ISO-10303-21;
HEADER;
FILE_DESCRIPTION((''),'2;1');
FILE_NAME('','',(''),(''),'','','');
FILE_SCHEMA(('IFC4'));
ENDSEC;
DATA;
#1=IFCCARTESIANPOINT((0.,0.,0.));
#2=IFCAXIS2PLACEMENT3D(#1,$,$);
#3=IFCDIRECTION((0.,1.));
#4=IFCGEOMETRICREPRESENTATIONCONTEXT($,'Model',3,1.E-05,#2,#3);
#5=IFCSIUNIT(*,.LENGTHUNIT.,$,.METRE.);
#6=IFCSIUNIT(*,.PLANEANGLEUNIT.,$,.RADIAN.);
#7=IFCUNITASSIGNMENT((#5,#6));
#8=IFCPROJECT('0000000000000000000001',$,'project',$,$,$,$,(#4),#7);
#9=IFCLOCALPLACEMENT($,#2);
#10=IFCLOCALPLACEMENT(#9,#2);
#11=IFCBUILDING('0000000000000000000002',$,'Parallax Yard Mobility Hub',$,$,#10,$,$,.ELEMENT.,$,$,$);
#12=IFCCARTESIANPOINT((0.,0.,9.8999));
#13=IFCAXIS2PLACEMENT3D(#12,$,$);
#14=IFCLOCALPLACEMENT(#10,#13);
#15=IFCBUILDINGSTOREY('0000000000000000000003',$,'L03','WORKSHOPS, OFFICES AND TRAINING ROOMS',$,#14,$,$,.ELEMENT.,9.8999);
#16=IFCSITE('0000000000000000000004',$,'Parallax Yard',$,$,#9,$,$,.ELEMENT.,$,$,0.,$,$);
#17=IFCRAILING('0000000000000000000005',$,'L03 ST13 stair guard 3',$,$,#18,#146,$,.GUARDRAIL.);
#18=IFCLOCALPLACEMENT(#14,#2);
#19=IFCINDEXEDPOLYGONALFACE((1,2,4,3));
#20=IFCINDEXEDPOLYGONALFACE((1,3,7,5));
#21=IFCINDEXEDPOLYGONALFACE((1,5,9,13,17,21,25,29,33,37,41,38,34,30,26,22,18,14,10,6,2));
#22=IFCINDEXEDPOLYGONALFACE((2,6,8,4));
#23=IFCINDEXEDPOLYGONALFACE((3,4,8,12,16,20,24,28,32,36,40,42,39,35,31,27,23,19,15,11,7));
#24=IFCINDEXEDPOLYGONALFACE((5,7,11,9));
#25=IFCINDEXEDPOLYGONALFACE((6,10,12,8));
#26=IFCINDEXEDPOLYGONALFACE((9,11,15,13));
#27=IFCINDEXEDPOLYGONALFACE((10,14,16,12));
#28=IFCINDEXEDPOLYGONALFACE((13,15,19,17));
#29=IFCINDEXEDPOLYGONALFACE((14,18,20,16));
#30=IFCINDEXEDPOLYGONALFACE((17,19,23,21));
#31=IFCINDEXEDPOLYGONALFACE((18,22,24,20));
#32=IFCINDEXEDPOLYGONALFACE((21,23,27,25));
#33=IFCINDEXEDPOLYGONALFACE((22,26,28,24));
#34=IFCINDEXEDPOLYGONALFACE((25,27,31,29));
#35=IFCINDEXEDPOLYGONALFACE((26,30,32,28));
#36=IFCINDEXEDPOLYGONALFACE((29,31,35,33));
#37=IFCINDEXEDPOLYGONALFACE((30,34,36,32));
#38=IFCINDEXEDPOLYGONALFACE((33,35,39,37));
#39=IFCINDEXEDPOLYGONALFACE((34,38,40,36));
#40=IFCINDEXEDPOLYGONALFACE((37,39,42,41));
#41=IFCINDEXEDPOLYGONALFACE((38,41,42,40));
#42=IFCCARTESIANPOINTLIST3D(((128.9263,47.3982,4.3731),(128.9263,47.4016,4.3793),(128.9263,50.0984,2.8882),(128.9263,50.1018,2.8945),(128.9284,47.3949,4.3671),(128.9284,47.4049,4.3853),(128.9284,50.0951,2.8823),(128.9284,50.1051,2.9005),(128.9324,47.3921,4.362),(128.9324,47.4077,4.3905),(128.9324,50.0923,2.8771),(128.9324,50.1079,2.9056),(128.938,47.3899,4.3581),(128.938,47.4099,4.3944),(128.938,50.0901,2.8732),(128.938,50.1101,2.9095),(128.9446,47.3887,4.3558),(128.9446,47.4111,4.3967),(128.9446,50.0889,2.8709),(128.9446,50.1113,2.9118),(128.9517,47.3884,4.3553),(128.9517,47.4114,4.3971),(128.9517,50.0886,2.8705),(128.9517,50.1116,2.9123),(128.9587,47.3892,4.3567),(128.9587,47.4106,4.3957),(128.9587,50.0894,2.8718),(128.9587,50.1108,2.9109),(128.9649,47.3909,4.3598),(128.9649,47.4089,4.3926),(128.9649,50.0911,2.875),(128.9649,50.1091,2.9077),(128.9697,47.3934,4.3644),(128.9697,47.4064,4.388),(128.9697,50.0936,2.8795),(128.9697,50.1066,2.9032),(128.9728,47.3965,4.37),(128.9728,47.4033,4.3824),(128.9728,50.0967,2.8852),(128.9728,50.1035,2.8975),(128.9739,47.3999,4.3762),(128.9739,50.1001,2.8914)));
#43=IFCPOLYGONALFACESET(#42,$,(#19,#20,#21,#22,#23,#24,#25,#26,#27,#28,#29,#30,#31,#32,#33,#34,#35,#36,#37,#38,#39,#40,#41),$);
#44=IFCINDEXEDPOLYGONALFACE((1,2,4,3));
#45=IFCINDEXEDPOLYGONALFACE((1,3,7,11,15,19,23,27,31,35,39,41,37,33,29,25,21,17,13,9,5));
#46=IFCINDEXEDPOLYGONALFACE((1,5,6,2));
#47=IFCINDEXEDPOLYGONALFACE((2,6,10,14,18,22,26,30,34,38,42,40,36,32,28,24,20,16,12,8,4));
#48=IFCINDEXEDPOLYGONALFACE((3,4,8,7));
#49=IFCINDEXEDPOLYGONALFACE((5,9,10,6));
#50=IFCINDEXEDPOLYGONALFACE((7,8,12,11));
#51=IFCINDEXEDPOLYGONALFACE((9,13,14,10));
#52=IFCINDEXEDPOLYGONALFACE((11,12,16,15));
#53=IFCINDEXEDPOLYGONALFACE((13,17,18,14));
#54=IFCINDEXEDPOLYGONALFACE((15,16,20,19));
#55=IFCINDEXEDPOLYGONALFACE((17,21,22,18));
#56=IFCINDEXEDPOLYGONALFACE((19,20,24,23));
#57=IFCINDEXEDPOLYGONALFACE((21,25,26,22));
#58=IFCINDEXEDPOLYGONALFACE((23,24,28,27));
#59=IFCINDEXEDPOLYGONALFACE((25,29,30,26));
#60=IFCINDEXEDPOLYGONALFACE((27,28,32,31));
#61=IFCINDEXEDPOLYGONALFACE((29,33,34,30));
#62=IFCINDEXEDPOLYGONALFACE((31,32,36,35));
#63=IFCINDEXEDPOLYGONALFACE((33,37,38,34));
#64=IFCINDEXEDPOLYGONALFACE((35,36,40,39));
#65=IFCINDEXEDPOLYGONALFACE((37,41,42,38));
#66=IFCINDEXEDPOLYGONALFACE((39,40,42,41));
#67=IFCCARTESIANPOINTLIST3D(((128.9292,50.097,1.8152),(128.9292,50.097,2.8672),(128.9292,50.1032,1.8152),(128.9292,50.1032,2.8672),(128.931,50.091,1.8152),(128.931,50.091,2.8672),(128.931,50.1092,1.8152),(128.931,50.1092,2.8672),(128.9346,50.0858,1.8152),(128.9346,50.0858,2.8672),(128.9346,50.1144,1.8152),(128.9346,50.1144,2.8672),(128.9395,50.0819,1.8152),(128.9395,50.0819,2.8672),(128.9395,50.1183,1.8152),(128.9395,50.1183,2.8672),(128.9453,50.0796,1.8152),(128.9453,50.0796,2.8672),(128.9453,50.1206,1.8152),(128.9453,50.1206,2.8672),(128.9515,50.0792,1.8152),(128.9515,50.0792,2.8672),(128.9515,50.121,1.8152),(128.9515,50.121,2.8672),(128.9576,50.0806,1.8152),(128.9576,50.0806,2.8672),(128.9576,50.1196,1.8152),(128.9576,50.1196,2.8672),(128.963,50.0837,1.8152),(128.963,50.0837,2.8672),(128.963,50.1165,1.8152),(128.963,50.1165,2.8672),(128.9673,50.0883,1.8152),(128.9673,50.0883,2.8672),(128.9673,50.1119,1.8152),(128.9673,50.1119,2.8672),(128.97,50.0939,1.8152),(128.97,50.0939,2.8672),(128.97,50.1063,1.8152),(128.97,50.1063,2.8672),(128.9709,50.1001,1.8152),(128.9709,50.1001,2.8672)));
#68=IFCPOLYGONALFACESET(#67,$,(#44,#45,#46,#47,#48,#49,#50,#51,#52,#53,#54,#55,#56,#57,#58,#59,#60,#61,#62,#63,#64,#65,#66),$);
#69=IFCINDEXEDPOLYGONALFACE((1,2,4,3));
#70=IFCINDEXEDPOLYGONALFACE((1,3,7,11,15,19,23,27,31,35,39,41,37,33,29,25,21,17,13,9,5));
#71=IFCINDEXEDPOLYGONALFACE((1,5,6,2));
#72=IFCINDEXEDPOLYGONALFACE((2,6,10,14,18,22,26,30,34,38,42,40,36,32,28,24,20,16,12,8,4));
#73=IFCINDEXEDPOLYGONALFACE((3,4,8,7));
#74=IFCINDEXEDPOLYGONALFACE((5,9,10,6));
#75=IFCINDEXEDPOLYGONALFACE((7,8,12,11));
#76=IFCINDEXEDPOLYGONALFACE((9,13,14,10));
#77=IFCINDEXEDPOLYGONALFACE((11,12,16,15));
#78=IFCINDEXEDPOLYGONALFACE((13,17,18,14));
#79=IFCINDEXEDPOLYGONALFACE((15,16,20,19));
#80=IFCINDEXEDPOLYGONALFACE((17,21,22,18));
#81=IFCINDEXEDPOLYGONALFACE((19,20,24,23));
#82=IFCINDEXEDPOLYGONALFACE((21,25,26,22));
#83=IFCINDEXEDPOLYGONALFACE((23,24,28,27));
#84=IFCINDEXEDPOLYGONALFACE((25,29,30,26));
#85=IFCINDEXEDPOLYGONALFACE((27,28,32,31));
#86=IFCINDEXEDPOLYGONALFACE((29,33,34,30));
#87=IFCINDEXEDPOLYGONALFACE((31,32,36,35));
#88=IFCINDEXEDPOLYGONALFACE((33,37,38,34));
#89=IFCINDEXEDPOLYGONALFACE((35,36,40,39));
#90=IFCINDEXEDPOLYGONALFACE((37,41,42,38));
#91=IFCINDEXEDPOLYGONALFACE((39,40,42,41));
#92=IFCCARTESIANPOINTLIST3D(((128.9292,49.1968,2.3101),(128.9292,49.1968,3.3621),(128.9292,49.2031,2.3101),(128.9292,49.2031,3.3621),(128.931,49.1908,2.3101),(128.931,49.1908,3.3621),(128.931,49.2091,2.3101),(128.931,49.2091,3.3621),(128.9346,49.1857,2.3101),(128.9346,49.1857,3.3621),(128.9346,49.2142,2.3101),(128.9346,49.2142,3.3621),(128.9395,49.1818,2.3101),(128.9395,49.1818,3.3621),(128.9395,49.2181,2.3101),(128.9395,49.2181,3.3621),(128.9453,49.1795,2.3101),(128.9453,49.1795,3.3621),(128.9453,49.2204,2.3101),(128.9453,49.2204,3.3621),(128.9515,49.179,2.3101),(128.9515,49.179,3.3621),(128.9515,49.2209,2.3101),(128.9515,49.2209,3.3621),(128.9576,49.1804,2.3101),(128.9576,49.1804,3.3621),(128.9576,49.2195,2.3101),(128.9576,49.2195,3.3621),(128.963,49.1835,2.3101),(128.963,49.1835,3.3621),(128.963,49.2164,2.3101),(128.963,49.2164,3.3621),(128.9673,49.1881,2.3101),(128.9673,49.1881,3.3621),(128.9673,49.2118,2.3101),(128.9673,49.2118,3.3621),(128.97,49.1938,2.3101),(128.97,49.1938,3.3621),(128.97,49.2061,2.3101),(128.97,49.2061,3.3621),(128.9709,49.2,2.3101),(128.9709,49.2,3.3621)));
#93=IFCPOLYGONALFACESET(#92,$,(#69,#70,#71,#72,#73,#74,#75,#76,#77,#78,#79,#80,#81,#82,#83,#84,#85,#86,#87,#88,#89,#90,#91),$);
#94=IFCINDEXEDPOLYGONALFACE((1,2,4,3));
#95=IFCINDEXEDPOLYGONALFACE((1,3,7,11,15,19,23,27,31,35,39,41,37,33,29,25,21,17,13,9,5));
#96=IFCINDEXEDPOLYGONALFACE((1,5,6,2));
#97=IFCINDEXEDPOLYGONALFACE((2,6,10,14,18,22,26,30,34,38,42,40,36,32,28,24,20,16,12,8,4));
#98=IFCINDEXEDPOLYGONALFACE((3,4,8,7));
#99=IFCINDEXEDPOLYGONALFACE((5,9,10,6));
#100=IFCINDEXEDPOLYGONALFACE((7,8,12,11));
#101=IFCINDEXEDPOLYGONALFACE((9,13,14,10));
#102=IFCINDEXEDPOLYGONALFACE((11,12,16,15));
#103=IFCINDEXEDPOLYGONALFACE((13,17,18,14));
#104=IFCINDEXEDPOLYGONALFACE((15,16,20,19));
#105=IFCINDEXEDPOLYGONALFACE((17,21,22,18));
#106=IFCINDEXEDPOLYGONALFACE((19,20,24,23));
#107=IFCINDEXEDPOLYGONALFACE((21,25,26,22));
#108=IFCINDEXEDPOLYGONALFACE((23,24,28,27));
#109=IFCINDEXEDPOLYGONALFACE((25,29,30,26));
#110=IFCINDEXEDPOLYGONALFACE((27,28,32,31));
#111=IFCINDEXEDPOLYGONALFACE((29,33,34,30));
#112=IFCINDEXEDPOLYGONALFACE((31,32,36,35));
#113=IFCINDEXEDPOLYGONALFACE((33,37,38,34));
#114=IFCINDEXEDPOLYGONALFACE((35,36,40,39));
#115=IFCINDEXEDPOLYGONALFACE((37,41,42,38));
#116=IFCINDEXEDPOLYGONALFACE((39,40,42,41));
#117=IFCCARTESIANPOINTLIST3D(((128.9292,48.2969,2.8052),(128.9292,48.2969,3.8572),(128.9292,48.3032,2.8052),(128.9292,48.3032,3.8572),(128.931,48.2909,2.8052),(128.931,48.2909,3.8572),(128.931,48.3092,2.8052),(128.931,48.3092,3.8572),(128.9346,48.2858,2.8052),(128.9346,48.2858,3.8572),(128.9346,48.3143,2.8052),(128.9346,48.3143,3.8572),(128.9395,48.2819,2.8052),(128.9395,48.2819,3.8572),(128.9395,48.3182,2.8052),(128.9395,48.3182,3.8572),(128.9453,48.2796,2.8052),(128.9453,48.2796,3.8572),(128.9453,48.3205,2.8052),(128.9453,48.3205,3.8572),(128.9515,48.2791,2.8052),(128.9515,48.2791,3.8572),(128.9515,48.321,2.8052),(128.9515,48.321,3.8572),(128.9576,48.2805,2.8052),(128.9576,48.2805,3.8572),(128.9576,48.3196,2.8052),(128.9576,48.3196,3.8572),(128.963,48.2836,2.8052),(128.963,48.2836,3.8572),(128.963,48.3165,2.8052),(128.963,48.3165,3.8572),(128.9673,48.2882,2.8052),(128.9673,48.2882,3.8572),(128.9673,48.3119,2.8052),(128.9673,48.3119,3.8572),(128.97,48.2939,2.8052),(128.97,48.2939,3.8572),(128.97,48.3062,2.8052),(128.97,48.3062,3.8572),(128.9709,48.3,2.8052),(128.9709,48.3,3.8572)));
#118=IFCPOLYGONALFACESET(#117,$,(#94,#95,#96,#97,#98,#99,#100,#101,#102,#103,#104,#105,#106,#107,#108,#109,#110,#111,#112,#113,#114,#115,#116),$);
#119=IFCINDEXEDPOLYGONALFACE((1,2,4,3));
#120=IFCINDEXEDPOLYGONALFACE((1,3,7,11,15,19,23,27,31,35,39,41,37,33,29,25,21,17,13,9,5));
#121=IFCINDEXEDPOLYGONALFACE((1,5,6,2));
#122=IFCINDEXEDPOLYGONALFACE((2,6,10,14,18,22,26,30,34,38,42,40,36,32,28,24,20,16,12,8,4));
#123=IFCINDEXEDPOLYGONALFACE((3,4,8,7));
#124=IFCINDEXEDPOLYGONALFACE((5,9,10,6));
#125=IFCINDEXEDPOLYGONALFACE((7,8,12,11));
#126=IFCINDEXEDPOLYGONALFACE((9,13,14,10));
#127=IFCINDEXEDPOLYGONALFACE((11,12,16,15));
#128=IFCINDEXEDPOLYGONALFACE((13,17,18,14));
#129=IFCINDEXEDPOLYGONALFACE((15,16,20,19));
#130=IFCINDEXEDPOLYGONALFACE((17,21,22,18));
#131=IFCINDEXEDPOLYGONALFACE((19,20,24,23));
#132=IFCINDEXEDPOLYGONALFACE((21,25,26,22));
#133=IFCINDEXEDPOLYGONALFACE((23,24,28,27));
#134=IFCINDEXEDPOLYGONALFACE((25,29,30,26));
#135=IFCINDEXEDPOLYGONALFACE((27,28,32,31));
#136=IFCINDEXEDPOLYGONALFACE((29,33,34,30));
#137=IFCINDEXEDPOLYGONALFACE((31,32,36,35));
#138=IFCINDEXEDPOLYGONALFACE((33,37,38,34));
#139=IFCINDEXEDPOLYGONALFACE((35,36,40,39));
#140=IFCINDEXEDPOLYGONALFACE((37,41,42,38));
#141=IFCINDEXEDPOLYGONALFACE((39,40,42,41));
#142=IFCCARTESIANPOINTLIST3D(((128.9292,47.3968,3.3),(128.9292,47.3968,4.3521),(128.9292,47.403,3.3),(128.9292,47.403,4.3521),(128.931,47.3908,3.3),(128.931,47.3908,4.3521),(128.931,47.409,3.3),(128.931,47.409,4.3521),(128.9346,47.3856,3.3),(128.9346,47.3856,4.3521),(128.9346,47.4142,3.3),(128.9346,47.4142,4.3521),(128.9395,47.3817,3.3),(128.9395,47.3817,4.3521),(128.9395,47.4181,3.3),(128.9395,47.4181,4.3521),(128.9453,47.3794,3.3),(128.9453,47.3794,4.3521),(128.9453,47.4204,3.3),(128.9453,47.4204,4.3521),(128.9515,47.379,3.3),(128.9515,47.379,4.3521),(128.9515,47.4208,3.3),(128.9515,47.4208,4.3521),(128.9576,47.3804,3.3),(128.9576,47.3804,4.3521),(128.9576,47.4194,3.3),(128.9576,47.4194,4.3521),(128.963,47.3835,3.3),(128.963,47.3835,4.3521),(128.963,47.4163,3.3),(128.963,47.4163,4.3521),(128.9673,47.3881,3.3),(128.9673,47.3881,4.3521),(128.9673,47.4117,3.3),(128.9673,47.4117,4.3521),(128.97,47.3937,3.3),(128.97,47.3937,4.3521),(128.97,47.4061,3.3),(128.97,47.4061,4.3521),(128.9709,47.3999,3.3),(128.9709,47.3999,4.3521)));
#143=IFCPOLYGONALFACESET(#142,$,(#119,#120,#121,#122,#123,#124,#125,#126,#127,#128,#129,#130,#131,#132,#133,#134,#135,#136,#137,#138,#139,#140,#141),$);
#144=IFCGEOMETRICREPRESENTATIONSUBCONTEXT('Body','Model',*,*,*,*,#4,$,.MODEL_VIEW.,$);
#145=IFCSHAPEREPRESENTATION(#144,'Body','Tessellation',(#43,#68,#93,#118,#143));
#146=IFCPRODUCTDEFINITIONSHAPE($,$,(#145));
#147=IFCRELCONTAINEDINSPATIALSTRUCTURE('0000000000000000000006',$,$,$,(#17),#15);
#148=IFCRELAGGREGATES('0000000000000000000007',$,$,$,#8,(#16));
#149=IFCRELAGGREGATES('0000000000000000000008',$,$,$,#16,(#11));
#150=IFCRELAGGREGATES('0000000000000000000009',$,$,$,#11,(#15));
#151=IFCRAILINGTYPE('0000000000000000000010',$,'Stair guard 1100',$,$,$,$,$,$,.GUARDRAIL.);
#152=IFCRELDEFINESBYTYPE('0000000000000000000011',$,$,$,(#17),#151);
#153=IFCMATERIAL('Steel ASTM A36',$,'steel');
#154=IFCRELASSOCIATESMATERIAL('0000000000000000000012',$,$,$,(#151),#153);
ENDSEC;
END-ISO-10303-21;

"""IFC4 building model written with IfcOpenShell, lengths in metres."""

from ifc_helpers import new_model, si_unit, direction, frame, origin, origin_2d, place, context, subcontext, project, spatial, circle, extrude, material, type_object, element, save


model = new_model("IFC4")

# Units and contexts
model_context = context("Model", 3, precision=1e-05, world=origin(), true_north=direction((0.0, 1.0)))
body_context = subcontext(model_context, "Body", "Model", "MODEL_VIEW")
ifc_project = project(units=[si_unit("LENGTHUNIT", "METRE"), si_unit("PLANEANGLEUNIT", "RADIAN")], contexts=[model_context])

# Site, building, storey
site_placement = place(None, origin())
site = spatial("IfcSite", under=ifc_project, at=site_placement, Name="Parallax Yard", CompositionType="ELEMENT", RefElevation=0.0)
building_placement = place(site_placement, origin())
building = spatial("IfcBuilding", under=site, at=building_placement, Name="Parallax Yard Mobility Hub", CompositionType="ELEMENT")
storey_placement = place(building_placement, frame((0.0, 0.0, 9.8999)))
storey = spatial("IfcBuildingStorey", under=building, at=storey_placement, Name="L03", Description="WORKSHOPS, OFFICES AND TRAINING ROOMS", CompositionType="ELEMENT", Elevation=9.8999)

# Railing
ifc_material_1 = material(Name="Steel ASTM A36", Category="steel")
railing_type_1 = type_object("IfcRailingType", Name="Stair guard 1100", PredefinedType="GUARDRAIL", material=ifc_material_1)
railing_1_placement = place(storey_placement, frame((128.95, 50.1001, 1.8152)))
element("IfcRailing", 1, at=railing_1_placement, inside=storey, type_object=railing_type_1, Name="L03 ST13 stair guard 3", PredefinedType="GUARDRAIL", context=body_context, shape_type="SweptSolid", body=[
    extrude(circle(Radius=0.0239, at=origin_2d()), frame((0.0, 0.0, 1.0762), z_axis=(0.0, -0.876249, 0.481858), x_axis=(1.0, 0.0, 0.0)), (0.0, 0.0, 1.0), 3.0815),
    extrude(circle(Radius=0.021, at=origin_2d()), origin(), (0.0, 0.0, 1.0), 1.052),
    extrude(circle(Radius=0.021, at=origin_2d()), frame((0.0, -0.9001, 0.4949)), (0.0, 0.0, 1.0), 1.052),
    extrude(circle(Radius=0.021, at=origin_2d()), frame((0.0, -1.8, 0.99)), (0.0, 0.0, 1.0), 1.052),
    extrude(circle(Radius=0.021, at=origin_2d()), frame((0.0, -2.7002, 1.4849)), (0.0, 0.0, 1.0), 1.052),
])

save(model, "model.ifc")
